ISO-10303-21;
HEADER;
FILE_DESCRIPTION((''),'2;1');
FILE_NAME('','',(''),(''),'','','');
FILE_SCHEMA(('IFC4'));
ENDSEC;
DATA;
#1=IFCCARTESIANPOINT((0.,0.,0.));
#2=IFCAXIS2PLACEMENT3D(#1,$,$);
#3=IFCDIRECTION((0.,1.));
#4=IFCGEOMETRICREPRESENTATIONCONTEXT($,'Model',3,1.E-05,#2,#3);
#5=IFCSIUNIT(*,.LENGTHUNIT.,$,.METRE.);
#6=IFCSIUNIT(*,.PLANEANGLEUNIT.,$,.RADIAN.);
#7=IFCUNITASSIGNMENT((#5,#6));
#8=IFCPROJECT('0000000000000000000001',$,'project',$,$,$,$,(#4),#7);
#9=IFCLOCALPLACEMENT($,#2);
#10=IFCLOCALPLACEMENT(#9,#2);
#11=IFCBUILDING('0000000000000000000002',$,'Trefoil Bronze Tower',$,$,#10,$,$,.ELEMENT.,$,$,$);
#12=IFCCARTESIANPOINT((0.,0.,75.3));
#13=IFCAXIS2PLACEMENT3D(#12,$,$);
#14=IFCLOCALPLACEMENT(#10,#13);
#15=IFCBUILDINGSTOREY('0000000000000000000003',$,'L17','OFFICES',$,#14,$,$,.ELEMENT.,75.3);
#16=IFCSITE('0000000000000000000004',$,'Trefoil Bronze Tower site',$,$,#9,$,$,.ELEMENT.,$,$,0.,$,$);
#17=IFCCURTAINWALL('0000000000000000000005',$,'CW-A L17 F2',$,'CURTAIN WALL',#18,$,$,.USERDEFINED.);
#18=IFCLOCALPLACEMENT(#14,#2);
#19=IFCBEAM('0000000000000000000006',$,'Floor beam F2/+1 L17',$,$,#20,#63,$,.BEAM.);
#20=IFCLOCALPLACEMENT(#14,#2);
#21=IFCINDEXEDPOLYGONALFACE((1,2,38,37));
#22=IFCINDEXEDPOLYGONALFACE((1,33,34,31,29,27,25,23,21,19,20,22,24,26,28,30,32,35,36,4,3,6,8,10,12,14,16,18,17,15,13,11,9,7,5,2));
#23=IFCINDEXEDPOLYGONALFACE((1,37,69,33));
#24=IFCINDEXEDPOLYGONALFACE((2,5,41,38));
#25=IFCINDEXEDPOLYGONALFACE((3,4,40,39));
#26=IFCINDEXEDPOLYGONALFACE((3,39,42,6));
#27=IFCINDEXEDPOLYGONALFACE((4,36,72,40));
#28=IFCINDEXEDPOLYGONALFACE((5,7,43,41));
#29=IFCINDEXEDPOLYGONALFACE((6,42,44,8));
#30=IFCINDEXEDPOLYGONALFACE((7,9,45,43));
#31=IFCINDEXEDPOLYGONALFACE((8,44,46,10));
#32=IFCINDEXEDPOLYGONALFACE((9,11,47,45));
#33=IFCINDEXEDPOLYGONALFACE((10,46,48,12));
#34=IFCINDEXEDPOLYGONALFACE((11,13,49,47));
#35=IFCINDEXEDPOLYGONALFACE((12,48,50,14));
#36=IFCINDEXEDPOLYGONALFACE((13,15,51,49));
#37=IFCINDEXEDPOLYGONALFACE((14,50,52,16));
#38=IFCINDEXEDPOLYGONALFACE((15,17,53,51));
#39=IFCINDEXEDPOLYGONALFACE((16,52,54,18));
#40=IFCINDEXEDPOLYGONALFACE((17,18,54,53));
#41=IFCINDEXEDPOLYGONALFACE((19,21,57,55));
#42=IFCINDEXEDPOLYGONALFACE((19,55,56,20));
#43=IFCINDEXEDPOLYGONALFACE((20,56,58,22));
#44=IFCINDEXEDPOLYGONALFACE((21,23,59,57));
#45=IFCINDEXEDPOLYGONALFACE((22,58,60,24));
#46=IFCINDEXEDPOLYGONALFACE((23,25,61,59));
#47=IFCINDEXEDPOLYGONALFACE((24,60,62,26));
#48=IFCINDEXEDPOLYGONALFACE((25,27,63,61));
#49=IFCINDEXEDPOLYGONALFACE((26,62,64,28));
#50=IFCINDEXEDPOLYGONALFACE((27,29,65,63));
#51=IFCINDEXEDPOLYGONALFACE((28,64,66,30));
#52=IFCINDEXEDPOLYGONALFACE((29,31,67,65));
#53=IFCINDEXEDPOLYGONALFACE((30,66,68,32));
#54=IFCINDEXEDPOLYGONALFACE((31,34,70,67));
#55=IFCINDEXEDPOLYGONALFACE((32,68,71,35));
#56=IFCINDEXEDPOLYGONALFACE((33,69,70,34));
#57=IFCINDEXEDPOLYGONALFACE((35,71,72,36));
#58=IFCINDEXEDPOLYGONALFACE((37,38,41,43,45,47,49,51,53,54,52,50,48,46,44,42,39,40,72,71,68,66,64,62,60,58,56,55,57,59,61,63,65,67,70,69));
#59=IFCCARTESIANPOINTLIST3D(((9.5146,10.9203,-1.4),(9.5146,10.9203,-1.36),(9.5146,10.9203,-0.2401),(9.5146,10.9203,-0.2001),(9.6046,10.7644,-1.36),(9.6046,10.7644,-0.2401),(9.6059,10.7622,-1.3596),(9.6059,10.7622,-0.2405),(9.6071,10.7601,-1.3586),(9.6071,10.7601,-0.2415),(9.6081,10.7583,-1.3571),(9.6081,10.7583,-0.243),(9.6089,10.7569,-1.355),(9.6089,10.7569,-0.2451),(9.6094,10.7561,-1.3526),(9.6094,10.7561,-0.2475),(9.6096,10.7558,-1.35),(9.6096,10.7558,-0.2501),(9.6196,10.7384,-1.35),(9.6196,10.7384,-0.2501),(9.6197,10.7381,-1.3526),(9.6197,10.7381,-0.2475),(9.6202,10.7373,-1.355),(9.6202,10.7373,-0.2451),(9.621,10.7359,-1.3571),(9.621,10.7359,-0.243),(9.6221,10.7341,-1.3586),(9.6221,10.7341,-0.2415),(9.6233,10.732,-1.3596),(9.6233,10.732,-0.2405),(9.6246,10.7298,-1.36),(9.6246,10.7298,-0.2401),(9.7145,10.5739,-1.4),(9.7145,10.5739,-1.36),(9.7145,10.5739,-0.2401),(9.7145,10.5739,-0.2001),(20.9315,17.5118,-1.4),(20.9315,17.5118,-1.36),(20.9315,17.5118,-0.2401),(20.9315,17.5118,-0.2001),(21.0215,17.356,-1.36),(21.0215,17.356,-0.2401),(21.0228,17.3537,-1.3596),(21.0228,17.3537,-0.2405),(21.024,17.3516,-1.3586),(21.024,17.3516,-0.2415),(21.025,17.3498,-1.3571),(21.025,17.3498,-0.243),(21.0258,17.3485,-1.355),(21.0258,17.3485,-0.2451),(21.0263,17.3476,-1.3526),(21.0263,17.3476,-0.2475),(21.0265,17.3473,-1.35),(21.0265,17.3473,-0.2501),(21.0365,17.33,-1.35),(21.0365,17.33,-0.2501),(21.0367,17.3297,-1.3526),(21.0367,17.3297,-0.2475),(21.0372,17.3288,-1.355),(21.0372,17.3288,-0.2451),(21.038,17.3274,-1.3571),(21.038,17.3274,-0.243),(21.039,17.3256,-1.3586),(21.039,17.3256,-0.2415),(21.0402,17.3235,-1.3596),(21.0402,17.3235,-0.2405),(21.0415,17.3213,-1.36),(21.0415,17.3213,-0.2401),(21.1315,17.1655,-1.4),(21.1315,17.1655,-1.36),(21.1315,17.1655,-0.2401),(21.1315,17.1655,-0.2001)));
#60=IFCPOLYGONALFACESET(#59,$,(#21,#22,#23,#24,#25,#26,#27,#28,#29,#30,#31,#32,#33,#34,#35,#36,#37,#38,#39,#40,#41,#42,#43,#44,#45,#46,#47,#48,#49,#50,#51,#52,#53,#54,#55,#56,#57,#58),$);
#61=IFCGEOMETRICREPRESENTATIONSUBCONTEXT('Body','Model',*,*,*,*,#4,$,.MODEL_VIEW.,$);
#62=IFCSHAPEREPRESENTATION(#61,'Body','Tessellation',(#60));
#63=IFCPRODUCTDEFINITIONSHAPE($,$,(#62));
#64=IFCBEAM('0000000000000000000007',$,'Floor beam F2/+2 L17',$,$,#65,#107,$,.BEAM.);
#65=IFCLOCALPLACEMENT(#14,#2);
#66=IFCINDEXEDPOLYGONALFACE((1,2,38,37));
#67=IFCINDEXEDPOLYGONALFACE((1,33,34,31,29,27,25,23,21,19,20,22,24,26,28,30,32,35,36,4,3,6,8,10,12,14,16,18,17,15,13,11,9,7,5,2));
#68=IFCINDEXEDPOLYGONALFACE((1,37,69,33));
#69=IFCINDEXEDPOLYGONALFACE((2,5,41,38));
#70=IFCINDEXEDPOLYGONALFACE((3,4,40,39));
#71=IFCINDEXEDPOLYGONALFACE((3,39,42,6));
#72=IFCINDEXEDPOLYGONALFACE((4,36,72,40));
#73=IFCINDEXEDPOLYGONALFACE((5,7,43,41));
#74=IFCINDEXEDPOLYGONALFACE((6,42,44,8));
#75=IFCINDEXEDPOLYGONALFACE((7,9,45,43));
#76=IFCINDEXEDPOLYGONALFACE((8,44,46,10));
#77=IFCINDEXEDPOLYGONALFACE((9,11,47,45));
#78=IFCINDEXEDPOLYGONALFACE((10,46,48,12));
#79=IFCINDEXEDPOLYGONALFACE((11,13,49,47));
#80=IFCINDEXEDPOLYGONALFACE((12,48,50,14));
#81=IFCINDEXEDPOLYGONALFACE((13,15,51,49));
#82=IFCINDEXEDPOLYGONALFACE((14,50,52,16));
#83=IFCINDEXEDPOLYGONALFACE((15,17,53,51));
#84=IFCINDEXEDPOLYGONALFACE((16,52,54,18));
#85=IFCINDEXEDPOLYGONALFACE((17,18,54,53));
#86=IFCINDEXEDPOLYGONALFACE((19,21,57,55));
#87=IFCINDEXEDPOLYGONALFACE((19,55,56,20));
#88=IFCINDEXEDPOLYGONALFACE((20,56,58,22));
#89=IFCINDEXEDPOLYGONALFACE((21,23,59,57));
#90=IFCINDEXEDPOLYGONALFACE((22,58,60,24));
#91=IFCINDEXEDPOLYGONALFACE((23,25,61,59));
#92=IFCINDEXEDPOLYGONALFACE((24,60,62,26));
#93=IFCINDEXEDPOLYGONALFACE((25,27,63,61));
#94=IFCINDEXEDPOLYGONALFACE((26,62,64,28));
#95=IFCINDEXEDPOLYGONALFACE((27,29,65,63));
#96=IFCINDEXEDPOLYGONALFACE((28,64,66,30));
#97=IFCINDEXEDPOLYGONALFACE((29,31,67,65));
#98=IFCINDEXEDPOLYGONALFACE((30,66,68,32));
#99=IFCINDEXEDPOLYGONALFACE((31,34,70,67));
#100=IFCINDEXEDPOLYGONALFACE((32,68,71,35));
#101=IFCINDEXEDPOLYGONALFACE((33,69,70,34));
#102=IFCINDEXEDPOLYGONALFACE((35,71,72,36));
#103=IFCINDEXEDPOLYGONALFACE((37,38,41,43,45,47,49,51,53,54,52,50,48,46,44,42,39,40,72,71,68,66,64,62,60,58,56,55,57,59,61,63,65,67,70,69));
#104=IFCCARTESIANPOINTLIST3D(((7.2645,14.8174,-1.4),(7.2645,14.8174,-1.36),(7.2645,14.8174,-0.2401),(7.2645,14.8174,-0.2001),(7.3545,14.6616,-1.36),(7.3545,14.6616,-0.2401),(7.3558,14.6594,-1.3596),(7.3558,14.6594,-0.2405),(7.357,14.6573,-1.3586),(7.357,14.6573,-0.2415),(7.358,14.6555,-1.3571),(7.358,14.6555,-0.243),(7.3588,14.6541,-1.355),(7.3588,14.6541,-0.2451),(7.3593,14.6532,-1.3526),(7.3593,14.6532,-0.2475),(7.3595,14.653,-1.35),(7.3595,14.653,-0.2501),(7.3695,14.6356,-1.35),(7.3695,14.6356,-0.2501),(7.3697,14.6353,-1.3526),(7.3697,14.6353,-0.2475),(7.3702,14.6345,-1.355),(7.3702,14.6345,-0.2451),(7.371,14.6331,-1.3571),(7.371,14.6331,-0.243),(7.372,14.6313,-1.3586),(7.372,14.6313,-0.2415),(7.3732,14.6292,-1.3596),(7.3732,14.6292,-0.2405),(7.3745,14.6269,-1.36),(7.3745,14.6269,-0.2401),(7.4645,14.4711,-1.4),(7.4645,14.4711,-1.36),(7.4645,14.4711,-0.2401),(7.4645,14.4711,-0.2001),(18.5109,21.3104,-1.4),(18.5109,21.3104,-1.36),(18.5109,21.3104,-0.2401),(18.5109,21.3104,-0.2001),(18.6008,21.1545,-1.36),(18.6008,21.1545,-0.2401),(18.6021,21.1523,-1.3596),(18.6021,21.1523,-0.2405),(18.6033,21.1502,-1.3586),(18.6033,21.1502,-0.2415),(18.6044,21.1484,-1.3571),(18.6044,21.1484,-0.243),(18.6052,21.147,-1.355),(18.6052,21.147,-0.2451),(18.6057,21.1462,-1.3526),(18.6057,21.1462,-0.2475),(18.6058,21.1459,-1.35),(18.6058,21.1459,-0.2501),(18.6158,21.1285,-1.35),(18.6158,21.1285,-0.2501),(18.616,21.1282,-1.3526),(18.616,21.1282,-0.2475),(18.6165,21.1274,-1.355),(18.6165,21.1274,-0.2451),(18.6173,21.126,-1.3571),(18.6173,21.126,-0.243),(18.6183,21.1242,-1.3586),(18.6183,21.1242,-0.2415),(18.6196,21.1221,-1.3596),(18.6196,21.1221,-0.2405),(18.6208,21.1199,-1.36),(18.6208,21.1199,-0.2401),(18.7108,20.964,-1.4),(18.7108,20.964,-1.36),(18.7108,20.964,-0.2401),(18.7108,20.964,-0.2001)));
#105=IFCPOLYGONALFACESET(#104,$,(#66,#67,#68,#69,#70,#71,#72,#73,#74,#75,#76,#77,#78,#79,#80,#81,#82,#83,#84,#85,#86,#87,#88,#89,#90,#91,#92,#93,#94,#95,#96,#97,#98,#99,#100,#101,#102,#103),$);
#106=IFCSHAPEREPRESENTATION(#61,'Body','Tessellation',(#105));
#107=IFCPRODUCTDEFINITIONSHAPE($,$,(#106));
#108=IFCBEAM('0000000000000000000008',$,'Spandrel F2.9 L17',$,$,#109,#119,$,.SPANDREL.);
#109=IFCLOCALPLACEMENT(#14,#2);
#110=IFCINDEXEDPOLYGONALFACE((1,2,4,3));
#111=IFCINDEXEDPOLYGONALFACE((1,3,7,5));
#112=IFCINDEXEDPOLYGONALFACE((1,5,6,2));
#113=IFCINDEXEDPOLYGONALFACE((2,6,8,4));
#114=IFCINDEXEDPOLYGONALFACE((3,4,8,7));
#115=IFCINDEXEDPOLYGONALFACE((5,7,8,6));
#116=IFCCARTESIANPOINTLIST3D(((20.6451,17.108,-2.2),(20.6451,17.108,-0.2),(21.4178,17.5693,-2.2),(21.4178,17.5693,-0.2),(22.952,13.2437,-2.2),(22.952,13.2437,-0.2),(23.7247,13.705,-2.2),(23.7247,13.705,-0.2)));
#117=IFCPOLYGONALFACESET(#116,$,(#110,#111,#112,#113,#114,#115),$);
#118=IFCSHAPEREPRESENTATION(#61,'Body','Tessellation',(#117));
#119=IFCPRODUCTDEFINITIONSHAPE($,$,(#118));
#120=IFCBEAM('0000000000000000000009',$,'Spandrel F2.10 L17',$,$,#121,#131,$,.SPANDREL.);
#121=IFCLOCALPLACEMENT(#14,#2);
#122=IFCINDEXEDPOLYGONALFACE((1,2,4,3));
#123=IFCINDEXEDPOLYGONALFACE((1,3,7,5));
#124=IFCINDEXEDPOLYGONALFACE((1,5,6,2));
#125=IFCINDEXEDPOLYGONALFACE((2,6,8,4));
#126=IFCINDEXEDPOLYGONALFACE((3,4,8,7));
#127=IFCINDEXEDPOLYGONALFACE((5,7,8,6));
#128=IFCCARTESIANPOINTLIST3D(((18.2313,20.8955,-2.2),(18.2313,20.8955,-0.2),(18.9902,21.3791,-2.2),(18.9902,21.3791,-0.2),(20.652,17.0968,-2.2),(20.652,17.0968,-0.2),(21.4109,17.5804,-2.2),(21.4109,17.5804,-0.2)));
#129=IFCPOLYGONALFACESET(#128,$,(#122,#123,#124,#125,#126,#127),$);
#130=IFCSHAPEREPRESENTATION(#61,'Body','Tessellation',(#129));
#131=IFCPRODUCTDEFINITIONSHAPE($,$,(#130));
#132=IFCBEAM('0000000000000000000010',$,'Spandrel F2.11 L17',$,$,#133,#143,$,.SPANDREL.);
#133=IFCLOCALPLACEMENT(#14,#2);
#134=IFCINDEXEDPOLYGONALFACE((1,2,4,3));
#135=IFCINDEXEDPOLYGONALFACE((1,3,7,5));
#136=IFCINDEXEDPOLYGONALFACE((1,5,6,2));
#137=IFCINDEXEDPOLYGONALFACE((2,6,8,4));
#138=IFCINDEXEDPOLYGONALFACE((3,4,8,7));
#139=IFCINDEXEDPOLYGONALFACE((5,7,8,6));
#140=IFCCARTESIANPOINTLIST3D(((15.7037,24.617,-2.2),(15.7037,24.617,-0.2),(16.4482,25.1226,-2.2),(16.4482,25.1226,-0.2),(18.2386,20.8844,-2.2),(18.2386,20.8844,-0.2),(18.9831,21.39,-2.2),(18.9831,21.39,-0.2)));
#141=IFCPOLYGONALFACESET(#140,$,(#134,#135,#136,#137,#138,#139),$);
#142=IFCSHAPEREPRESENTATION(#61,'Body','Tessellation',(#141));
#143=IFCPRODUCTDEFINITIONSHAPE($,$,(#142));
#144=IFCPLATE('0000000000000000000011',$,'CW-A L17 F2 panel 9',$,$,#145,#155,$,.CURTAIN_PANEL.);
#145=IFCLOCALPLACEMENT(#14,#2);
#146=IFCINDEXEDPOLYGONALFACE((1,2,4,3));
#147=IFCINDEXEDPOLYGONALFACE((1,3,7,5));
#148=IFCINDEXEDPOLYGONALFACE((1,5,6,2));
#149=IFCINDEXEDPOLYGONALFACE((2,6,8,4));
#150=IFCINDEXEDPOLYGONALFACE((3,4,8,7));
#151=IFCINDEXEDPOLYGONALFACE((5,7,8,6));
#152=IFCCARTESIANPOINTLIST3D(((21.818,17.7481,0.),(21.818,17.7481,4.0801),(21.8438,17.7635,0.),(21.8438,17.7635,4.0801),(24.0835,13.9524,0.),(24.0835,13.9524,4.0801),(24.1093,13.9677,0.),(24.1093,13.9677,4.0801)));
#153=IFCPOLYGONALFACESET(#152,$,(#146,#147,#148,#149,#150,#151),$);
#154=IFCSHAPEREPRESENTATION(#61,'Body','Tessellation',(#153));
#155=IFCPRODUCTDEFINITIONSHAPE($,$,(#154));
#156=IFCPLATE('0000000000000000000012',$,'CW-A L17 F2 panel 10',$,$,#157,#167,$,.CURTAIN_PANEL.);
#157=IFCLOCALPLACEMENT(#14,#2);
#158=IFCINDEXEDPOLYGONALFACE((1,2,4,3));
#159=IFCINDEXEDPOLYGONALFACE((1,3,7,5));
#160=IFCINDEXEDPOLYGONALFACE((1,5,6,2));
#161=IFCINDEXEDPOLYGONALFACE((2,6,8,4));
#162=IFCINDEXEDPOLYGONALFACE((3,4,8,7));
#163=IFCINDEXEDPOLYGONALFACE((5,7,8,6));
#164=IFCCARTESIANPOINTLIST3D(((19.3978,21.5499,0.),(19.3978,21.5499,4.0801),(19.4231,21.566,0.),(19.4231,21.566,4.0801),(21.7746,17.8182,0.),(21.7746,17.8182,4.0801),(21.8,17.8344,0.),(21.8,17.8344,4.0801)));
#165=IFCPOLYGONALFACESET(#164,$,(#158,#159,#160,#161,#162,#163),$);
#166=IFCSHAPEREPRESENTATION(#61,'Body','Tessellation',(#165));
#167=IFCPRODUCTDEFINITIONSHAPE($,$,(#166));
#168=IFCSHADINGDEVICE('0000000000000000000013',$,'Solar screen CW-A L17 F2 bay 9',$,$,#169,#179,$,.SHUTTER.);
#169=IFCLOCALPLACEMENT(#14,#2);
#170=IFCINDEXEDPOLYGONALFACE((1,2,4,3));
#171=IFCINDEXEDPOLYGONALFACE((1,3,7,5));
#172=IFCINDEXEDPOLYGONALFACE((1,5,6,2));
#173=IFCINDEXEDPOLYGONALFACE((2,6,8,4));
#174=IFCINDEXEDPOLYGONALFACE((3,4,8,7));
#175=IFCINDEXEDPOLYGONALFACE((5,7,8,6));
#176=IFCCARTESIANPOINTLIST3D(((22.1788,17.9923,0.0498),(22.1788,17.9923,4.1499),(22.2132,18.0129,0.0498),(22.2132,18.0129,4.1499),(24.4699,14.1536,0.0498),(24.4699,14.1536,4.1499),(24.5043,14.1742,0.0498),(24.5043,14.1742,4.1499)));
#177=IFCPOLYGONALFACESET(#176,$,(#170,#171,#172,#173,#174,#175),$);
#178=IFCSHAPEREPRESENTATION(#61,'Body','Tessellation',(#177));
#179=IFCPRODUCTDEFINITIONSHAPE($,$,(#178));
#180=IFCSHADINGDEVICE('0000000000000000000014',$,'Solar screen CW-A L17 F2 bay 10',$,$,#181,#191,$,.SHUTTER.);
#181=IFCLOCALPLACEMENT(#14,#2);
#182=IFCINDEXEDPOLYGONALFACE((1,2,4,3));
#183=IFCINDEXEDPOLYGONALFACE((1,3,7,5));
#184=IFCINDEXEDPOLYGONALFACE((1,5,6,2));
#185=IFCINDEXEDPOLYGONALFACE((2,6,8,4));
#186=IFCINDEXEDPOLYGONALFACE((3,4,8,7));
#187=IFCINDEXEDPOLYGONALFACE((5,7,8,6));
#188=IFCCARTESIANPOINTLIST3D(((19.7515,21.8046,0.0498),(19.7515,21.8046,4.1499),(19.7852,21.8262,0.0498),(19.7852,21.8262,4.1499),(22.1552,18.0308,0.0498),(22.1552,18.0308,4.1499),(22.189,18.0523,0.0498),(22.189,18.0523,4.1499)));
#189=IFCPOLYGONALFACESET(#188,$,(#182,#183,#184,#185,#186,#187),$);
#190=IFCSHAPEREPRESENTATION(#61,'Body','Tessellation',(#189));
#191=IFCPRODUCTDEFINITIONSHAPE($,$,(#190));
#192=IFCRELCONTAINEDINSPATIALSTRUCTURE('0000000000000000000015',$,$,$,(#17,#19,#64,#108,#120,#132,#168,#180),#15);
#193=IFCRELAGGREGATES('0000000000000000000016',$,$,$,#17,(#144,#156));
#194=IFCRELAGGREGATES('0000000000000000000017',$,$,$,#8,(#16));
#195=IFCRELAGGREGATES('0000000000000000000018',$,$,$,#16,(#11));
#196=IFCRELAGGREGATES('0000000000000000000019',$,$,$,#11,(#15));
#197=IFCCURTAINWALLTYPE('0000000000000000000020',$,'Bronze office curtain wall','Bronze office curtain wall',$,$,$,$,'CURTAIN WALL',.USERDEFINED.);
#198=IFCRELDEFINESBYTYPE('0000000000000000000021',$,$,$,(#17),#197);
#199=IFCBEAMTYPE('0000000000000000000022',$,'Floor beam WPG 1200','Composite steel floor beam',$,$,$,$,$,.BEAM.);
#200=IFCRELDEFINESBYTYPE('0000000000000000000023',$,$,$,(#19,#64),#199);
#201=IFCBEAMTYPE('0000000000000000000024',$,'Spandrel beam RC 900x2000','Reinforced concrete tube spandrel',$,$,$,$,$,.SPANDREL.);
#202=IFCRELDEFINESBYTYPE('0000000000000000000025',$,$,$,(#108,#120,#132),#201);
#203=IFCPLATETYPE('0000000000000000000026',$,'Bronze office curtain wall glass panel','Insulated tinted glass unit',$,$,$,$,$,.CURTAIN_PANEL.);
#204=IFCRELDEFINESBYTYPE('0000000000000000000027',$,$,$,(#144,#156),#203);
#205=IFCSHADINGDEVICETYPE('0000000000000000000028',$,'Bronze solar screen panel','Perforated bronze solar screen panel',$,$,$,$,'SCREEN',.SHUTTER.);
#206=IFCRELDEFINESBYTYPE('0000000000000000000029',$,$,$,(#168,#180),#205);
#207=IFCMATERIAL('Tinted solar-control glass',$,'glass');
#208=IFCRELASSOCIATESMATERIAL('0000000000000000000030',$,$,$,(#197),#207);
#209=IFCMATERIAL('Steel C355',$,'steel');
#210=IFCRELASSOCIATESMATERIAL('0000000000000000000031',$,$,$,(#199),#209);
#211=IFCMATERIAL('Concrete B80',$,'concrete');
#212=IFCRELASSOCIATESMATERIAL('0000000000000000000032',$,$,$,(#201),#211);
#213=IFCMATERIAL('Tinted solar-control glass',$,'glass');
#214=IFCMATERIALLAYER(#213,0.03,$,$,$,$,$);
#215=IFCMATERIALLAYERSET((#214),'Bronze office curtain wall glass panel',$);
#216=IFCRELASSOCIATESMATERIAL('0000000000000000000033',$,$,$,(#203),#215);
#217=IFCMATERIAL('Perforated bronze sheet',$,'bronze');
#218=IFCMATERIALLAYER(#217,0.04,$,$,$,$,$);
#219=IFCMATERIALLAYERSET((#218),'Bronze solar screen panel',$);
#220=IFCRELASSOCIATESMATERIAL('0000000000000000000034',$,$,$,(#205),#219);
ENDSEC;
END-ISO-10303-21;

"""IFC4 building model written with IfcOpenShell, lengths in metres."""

from ifc_helpers import new_model, si_unit, direction, frame, origin, origin_2d, place, context, subcontext, project, spatial, rectangle, i_section, extrude, material, layer, layer_set, material_profile, profile_set, type_object, element, aggregate, save


model = new_model("IFC4")

# Units and contexts
model_context = context("Model", 3, precision=1e-05, world=origin(), true_north=direction((0.0, 1.0)))
body_context = subcontext(model_context, "Body", "Model", "MODEL_VIEW")
ifc_project = project(units=[si_unit("LENGTHUNIT", "METRE"), si_unit("PLANEANGLEUNIT", "RADIAN")], contexts=[model_context])

# Site, building, storey
site_placement = place(None, origin())
site = spatial("IfcSite", under=ifc_project, at=site_placement, Name="Trefoil Bronze Tower site", CompositionType="ELEMENT", RefElevation=0.0)
building_placement = place(site_placement, origin())
building = spatial("IfcBuilding", under=site, at=building_placement, Name="Trefoil Bronze Tower", CompositionType="ELEMENT")
storey_placement = place(building_placement, frame((0.0, 0.0, 75.3)))
storey = spatial("IfcBuildingStorey", under=building, at=storey_placement, Name="L17", Description="OFFICES", CompositionType="ELEMENT", Elevation=75.3)

# Curtain wall
ifc_material_1 = material(Name="Tinted solar-control glass", Category="glass")
curtain_wall_type = type_object("IfcCurtainWallType", Name="Bronze office curtain wall", Description="Bronze office curtain wall", ElementType="CURTAIN WALL", PredefinedType="USERDEFINED", material=ifc_material_1)
curtain_wall_placement = place(storey_placement, origin())
curtain_wall = element("IfcCurtainWall", 1, at=curtain_wall_placement, inside=storey, type_object=curtain_wall_type, Name="CW-A L17 F2", ObjectType="CURTAIN WALL", PredefinedType="USERDEFINED")

# Beams
ifc_material_2 = material(Name="Steel C355", Category="steel")
ifc_material_profile_1 = material_profile(ifc_material_2, i_section(OverallWidth=0.3999, OverallDepth=1.2, WebThickness=0.02, FlangeThickness=0.04, FilletRadius=0.01, at=origin_2d()), Name="WPG 1200")
ifc_profile_set_1 = profile_set([ifc_material_profile_1], Name="Steel C355")
beam_type_1 = type_object("IfcBeamType", Name="Floor beam WPG 1200", Description="Composite steel floor beam", PredefinedType="BEAM", material=ifc_profile_set_1)
beam_1_placement = place(storey_placement, frame((21.0315, 17.3386, -0.8), z_axis=(-0.866027, -0.499997, 0.0), x_axis=(0.499997, -0.866027, 0.0)))
element("IfcBeam", 2, at=beam_1_placement, inside=storey, type_object=beam_type_1, Name="Floor beam F2/+1 L17", PredefinedType="BEAM", context=body_context, shape_type="SweptSolid", body=[
    extrude(i_section(OverallWidth=0.3999, OverallDepth=1.2, WebThickness=0.02, FlangeThickness=0.04, FilletRadius=0.01, at=origin_2d()), origin(), (0.0, 0.0, 1.0), 13.1831),
])
beam_2_placement = place(storey_placement, frame((18.6108, 21.1372, -0.8), z_axis=(-0.866031, -0.499991, 0.0), x_axis=(0.499991, -0.866031, 0.0)))
element("IfcBeam", 3, at=beam_2_placement, inside=storey, type_object=beam_type_1, Name="Floor beam F2/+2 L17", PredefinedType="BEAM", context=body_context, shape_type="SweptSolid", body=[
    extrude(i_section(OverallWidth=0.3999, OverallDepth=1.2, WebThickness=0.02, FlangeThickness=0.04, FilletRadius=0.01, at=origin_2d()), origin(), (0.0, 0.0, 1.0), 12.9861),
])
ifc_material_3 = material(Name="Concrete B80", Category="concrete")
ifc_material_profile_2 = material_profile(ifc_material_3, rectangle(XDim=0.8999, YDim=2.0, at=origin_2d()), Name="RC 900x2000")
ifc_profile_set_2 = profile_set([ifc_material_profile_2], Name="Concrete B80")
beam_type_2 = type_object("IfcBeamType", Name="Spandrel beam RC 900x2000", Description="Reinforced concrete tube spandrel", PredefinedType="SPANDREL", material=ifc_profile_set_2)
beam_3_placement = place(storey_placement, frame((23.3384, 13.4744, -1.2), z_axis=(-0.512588, 0.858635, 0.0), x_axis=(-0.858635, -0.512588, 0.0)))
element("IfcBeam", 4, at=beam_3_placement, inside=storey, type_object=beam_type_2, Name="Spandrel F2.9 L17", PredefinedType="SPANDREL", context=body_context, shape_type="SweptSolid", body=[
    extrude(rectangle(XDim=0.8999, YDim=2.0, at=origin_2d()), origin(), (0.0, 0.0, 1.0), 4.5005),
])
beam_4_placement = place(storey_placement, frame((21.0315, 17.3386, -1.2), z_axis=(-0.537408, 0.843322, 0.0), x_axis=(-0.843322, -0.537408, 0.0)))
element("IfcBeam", 5, at=beam_4_placement, inside=storey, type_object=beam_type_2, Name="Spandrel F2.10 L17", PredefinedType="SPANDREL", context=body_context, shape_type="SweptSolid", body=[
    extrude(rectangle(XDim=0.8999, YDim=2.0, at=origin_2d()), origin(), (0.0, 0.0, 1.0), 4.5044),
])
beam_5_placement = place(storey_placement, frame((18.6108, 21.1372, -1.2), z_axis=(-0.56181, 0.827267, 0.0), x_axis=(-0.827267, -0.56181, 0.0)))
element("IfcBeam", 6, at=beam_5_placement, inside=storey, type_object=beam_type_2, Name="Spandrel F2.11 L17", PredefinedType="SPANDREL", context=body_context, shape_type="SweptSolid", body=[
    extrude(rectangle(XDim=0.8999, YDim=2.0, at=origin_2d()), origin(), (0.0, 0.0, 1.0), 4.512),
])

# Plates
ifc_material_4 = material(Name="Tinted solar-control glass", Category="glass")
ifc_layer_1 = layer(ifc_material_4, 0.03)
ifc_layer_set_1 = layer_set([ifc_layer_1], Name="Bronze office curtain wall glass panel")
plate_type = type_object("IfcPlateType", Name="Bronze office curtain wall glass panel", Description="Insulated tinted glass unit", PredefinedType="CURTAIN_PANEL", material=ifc_layer_set_1)
plate_1_placement = place(storey_placement, frame((22.9636, 15.8579, 0.0), z_axis=(0.0, 0.0, 1.0), x_axis=(-0.512513, 0.85868, 0.0)))
plate_1 = element("IfcPlate", 7, at=plate_1_placement, type_object=plate_type, Name="CW-A L17 F2 panel 9", PredefinedType="CURTAIN_PANEL", context=body_context, shape_type="SweptSolid", body=[
    extrude(rectangle(XDim=4.4204, YDim=0.03, at=origin_2d()), origin(), (0.0, 0.0, 1.0), 4.0801),
])
plate_2_placement = place(storey_placement, frame((20.5989, 19.6921, 0.0), z_axis=(0.0, 0.0, 1.0), x_axis=(-0.537222, 0.843441, 0.0)))
plate_2 = element("IfcPlate", 8, at=plate_2_placement, type_object=plate_type, Name="CW-A L17 F2 panel 10", PredefinedType="CURTAIN_PANEL", context=body_context, shape_type="SweptSolid", body=[
    extrude(rectangle(XDim=4.4243, YDim=0.03, at=origin_2d()), origin(), (0.0, 0.0, 1.0), 4.0801),
])
aggregate(curtain_wall, [plate_1, plate_2])

# Shading devices
ifc_material_5 = material(Name="Perforated bronze sheet", Category="bronze")
ifc_layer_2 = layer(ifc_material_5, 0.04)
ifc_layer_set_2 = layer_set([ifc_layer_2], Name="Bronze solar screen panel")
shading_device_type = type_object("IfcShadingDeviceType", Name="Bronze solar screen panel", Description="Perforated bronze solar screen panel", ElementType="SCREEN", PredefinedType="SHUTTER", material=ifc_layer_set_2)
shading_device_1_placement = place(storey_placement, frame((23.3416, 16.0833, 0.0498), z_axis=(0.0, 0.0, 1.0), x_axis=(-0.512513, 0.85868, 0.0)))
element("IfcShadingDevice", 9, at=shading_device_1_placement, inside=storey, type_object=shading_device_type, Name="Solar screen CW-A L17 F2 bay 9", PredefinedType="SHUTTER", context=body_context, shape_type="SweptSolid", body=[
    extrude(rectangle(XDim=4.4705, YDim=0.04, at=origin_2d()), origin(), (0.0, 0.0, 1.0), 4.1001),
])
shading_device_2_placement = place(storey_placement, frame((20.9702, 19.9285, 0.0498), z_axis=(0.0, 0.0, 1.0), x_axis=(-0.537222, 0.843441, 0.0)))
element("IfcShadingDevice", 10, at=shading_device_2_placement, inside=storey, type_object=shading_device_type, Name="Solar screen CW-A L17 F2 bay 10", PredefinedType="SHUTTER", context=body_context, shape_type="SweptSolid", body=[
    extrude(rectangle(XDim=4.4744, YDim=0.04, at=origin_2d()), origin(), (0.0, 0.0, 1.0), 4.1001),
])

save(model, "model.ifc")
